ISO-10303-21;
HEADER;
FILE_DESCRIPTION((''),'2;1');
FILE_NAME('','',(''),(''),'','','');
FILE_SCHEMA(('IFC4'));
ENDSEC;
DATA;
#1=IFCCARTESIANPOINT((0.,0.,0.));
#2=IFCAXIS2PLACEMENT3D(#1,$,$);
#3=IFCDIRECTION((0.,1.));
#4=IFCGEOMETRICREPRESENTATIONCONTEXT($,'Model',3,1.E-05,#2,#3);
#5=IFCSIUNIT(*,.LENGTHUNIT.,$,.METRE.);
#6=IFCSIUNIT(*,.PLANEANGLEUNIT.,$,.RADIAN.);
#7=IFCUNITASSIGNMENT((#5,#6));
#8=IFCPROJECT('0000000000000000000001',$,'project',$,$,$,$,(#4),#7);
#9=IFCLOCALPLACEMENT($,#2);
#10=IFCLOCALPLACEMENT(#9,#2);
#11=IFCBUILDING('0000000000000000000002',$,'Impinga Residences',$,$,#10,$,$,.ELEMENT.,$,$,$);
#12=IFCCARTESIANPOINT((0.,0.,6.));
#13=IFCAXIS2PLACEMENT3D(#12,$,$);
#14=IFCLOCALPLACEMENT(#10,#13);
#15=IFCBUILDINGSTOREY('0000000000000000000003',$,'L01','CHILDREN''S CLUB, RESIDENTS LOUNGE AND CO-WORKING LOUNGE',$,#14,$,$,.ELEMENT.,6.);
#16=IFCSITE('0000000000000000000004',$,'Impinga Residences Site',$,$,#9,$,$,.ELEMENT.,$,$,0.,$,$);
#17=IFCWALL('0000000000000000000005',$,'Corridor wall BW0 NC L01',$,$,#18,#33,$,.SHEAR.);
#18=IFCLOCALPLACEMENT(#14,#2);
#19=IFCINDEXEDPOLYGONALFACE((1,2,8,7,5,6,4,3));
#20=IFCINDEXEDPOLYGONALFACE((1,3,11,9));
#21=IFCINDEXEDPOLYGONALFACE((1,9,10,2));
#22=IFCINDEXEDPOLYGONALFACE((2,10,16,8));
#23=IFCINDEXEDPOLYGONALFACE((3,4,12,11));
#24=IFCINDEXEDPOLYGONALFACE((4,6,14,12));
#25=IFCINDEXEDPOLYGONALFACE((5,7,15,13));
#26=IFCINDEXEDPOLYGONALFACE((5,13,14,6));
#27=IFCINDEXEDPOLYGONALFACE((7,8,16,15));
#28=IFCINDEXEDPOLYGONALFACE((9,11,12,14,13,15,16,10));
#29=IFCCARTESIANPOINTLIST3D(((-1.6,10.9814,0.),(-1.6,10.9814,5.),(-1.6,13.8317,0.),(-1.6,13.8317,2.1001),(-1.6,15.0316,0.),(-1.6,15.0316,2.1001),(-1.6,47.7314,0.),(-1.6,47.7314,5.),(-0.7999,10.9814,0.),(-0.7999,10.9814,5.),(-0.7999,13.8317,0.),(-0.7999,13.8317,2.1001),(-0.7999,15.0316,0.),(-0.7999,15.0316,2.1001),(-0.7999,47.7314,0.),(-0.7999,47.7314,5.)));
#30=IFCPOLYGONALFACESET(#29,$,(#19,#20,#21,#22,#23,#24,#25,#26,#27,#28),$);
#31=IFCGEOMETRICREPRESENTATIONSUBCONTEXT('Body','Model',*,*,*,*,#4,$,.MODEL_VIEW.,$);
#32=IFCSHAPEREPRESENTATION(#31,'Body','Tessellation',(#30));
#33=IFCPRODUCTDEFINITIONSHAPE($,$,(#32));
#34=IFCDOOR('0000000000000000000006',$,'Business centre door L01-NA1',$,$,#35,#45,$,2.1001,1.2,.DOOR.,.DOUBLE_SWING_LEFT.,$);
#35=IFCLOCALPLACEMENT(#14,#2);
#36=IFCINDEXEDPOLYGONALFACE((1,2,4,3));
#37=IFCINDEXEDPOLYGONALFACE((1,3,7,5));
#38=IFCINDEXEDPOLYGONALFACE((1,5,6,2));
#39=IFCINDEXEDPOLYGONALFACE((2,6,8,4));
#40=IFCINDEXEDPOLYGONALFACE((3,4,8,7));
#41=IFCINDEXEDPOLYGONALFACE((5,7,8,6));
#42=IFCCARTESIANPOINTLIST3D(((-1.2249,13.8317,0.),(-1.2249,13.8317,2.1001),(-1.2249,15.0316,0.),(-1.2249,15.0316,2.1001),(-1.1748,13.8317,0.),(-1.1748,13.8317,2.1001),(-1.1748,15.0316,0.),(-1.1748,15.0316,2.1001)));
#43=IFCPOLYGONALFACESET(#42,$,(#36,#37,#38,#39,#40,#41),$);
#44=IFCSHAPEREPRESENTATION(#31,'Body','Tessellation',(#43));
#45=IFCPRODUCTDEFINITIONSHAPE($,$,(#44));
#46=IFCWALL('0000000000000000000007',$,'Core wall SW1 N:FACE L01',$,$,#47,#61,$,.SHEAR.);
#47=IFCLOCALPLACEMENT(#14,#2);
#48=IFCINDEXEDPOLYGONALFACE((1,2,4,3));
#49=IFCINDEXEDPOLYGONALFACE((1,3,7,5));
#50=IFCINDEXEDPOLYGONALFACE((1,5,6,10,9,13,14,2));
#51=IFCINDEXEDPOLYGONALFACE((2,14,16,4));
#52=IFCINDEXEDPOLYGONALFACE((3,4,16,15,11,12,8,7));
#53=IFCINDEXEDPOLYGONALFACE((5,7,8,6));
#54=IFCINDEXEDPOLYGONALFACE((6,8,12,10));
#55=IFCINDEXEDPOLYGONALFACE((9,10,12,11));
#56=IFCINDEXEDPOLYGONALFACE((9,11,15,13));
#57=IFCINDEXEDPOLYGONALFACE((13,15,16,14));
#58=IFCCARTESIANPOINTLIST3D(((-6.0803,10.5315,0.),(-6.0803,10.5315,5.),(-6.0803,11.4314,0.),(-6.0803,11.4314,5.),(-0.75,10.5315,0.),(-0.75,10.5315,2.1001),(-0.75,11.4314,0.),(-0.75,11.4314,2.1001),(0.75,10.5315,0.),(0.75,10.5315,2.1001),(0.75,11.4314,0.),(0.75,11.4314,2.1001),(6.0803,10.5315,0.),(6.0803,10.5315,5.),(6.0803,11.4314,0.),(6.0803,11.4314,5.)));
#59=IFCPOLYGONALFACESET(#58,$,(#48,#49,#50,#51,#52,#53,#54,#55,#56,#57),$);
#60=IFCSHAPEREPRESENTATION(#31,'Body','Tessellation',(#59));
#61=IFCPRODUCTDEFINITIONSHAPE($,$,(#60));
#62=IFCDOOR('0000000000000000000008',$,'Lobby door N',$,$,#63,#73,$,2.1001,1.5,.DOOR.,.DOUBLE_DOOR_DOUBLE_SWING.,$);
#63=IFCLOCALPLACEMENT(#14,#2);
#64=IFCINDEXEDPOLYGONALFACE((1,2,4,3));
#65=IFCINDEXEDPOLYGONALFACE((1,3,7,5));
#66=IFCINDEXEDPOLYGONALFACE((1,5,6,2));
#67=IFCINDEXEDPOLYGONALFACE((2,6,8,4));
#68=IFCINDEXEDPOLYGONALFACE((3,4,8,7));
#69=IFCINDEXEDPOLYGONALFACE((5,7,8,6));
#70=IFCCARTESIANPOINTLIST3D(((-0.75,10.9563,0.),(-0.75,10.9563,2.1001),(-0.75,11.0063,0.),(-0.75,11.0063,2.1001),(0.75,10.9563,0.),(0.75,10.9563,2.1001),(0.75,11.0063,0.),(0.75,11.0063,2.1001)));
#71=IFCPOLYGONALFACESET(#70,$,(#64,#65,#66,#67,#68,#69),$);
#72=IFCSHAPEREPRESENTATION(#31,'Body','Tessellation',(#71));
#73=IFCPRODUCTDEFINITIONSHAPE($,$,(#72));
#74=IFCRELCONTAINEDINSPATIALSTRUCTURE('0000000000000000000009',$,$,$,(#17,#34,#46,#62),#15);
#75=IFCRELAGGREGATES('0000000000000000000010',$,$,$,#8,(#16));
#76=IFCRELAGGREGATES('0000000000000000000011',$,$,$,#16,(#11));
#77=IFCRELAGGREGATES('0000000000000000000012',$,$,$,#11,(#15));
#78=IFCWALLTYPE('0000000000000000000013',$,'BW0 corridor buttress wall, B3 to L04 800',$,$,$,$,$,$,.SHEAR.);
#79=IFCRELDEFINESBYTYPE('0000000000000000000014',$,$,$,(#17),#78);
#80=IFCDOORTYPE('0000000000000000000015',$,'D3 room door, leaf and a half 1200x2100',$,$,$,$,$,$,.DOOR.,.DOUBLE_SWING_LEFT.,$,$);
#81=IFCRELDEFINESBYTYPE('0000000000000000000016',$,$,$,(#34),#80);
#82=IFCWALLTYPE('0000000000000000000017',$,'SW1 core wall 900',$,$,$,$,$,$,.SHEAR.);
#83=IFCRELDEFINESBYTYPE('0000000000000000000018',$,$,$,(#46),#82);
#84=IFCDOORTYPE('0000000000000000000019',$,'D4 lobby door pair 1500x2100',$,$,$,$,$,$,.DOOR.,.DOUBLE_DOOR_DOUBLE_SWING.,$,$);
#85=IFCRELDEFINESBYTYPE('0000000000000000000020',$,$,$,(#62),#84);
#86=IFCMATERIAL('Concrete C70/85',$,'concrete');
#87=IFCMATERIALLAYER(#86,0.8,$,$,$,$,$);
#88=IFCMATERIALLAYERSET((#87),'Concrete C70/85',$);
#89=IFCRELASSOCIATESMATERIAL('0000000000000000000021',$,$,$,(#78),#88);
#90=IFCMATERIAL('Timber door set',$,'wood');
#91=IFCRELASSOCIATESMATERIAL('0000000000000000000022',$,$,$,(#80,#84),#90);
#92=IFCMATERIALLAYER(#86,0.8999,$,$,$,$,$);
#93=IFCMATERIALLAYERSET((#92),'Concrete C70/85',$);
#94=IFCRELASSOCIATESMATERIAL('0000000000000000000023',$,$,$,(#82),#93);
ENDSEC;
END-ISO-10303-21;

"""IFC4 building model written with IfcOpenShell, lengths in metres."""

from ifc_helpers import new_model, si_unit, direction, frame, frame_2d, origin, place, context, subcontext, project, spatial, rectangle, extrude, material, layer, layer_set, type_object, element, fill, save


model = new_model("IFC4")

# Units and contexts
model_context = context("Model", 3, precision=1e-05, world=origin(), true_north=direction((0.0, 1.0)))
body_context = subcontext(model_context, "Body", "Model", "MODEL_VIEW")
ifc_project = project(units=[si_unit("LENGTHUNIT", "METRE"), si_unit("PLANEANGLEUNIT", "RADIAN")], contexts=[model_context])

# Site, building, storey
site_placement = place(None, origin())
site = spatial("IfcSite", under=ifc_project, at=site_placement, Name="Impinga Residences Site", CompositionType="ELEMENT", RefElevation=0.0)
building_placement = place(site_placement, origin())
building = spatial("IfcBuilding", under=site, at=building_placement, Name="Impinga Residences", CompositionType="ELEMENT")
storey_placement = place(building_placement, frame((0.0, 0.0, 6.0)))
storey = spatial("IfcBuildingStorey", under=building, at=storey_placement, Name="L01", Description="CHILDREN'S CLUB, RESIDENTS LOUNGE AND CO-WORKING LOUNGE", CompositionType="ELEMENT", Elevation=6.0)

# Shared definitions
ifc_material_1 = material(Name="Concrete C70/85", Category="concrete")

# Walls, openings, doors
ifc_layer_1 = layer(ifc_material_1, 0.8)
ifc_layer_set_1 = layer_set([ifc_layer_1], Name="Concrete C70/85")
wall_type_1 = type_object("IfcWallType", Name="BW0 corridor buttress wall, B3 to L04 800", PredefinedType="SHEAR", material=ifc_layer_set_1)
wall_1_placement = place(storey_placement, frame((-1.2, 10.9814, 0.0), z_axis=(0.0, 0.0, 1.0), x_axis=(0.0, 1.0, 0.0)))
wall_1 = element("IfcWall", 1, at=wall_1_placement, inside=storey, type_object=wall_type_1, Name="Corridor wall BW0 NC L01", PredefinedType="SHEAR", context=body_context, shape_type="SweptSolid", body=[
    extrude(rectangle(XDim=36.75, YDim=0.8, at=frame_2d((18.375, 0.0))), origin(), (0.0, 0.0, 1.0), 5.0),
])
opening_1_placement = place(wall_1_placement, frame((2.8501, 0.0, 0.0)))
opening_1 = element("IfcOpeningElement", 2, at=opening_1_placement, cuts=wall_1, PredefinedType="OPENING", context=body_context, shape_type="SweptSolid", body=[
    extrude(rectangle(XDim=1.2, YDim=2.1001, at=frame_2d((0.6001, 1.05))), frame((0.0, 0.4099, 0.0), z_axis=(0.0, -1.0, 0.0), x_axis=(1.0, 0.0, 0.0)), (0.0, 0.0, 1.0), 0.8201),
])
ifc_material_2 = material(Name="Timber door set", Category="wood")
door_type_1 = type_object("IfcDoorType", Name="D3 room door, leaf and a half 1200x2100", OperationType="DOUBLE_SWING_LEFT", PredefinedType="DOOR", material=ifc_material_2)
door_1_placement = place(opening_1_placement, origin())
door_1 = element("IfcDoor", 3, at=door_1_placement, inside=storey, type_object=door_type_1, Name="Business centre door L01-NA1", OperationType="DOUBLE_SWING_LEFT", OverallHeight=2.1001, OverallWidth=1.2, PredefinedType="DOOR", context=body_context, shape_type="SweptSolid", body=[
    extrude(rectangle(XDim=1.2, YDim=2.1001, at=frame_2d((0.6001, 1.05))), frame((0.0, 0.0249, 0.0), z_axis=(0.0, -1.0, 0.0), x_axis=(1.0, 0.0, 0.0)), (0.0, 0.0, 1.0), 0.05),
])
fill(opening_1, door_1)
ifc_layer_2 = layer(ifc_material_1, 0.8999)
ifc_layer_set_2 = layer_set([ifc_layer_2], Name="Concrete C70/85")
wall_type_2 = type_object("IfcWallType", Name="SW1 core wall 900", PredefinedType="SHEAR", material=ifc_layer_set_2)
wall_2_placement = place(storey_placement, frame((-6.0803, 10.9814, 0.0), z_axis=(0.0, 0.0, 1.0), x_axis=(1.0, 0.0, 0.0)))
wall_2 = element("IfcWall", 4, at=wall_2_placement, inside=storey, type_object=wall_type_2, Name="Core wall SW1 N:FACE L01", PredefinedType="SHEAR", context=body_context, shape_type="SweptSolid", body=[
    extrude(rectangle(XDim=12.1606, YDim=0.8999, at=frame_2d((6.0803, 0.0))), origin(), (0.0, 0.0, 1.0), 5.0),
])
opening_2_placement = place(wall_2_placement, frame((5.3303, 0.0, 0.0)))
opening_2 = element("IfcOpeningElement", 5, at=opening_2_placement, cuts=wall_2, PredefinedType="OPENING", context=body_context, shape_type="SweptSolid", body=[
    extrude(rectangle(XDim=1.5, YDim=2.1001, at=frame_2d((0.75, 1.05))), frame((0.0, 0.46, 0.0), z_axis=(0.0, -1.0, 0.0), x_axis=(1.0, 0.0, 0.0)), (0.0, 0.0, 1.0), 0.9199),
])
door_type_2 = type_object("IfcDoorType", Name="D4 lobby door pair 1500x2100", OperationType="DOUBLE_DOOR_DOUBLE_SWING", PredefinedType="DOOR", material=ifc_material_2)
door_2_placement = place(opening_2_placement, origin())
door_2 = element("IfcDoor", 6, at=door_2_placement, inside=storey, type_object=door_type_2, Name="Lobby door N", OperationType="DOUBLE_DOOR_DOUBLE_SWING", OverallHeight=2.1001, OverallWidth=1.5, PredefinedType="DOOR", context=body_context, shape_type="SweptSolid", body=[
    extrude(rectangle(XDim=1.5, YDim=2.1001, at=frame_2d((0.75, 1.05))), frame((0.0, 0.0249, 0.0), z_axis=(0.0, -1.0, 0.0), x_axis=(1.0, 0.0, 0.0)), (0.0, 0.0, 1.0), 0.05),
])
fill(opening_2, door_2)

save(model, "model.ifc")
